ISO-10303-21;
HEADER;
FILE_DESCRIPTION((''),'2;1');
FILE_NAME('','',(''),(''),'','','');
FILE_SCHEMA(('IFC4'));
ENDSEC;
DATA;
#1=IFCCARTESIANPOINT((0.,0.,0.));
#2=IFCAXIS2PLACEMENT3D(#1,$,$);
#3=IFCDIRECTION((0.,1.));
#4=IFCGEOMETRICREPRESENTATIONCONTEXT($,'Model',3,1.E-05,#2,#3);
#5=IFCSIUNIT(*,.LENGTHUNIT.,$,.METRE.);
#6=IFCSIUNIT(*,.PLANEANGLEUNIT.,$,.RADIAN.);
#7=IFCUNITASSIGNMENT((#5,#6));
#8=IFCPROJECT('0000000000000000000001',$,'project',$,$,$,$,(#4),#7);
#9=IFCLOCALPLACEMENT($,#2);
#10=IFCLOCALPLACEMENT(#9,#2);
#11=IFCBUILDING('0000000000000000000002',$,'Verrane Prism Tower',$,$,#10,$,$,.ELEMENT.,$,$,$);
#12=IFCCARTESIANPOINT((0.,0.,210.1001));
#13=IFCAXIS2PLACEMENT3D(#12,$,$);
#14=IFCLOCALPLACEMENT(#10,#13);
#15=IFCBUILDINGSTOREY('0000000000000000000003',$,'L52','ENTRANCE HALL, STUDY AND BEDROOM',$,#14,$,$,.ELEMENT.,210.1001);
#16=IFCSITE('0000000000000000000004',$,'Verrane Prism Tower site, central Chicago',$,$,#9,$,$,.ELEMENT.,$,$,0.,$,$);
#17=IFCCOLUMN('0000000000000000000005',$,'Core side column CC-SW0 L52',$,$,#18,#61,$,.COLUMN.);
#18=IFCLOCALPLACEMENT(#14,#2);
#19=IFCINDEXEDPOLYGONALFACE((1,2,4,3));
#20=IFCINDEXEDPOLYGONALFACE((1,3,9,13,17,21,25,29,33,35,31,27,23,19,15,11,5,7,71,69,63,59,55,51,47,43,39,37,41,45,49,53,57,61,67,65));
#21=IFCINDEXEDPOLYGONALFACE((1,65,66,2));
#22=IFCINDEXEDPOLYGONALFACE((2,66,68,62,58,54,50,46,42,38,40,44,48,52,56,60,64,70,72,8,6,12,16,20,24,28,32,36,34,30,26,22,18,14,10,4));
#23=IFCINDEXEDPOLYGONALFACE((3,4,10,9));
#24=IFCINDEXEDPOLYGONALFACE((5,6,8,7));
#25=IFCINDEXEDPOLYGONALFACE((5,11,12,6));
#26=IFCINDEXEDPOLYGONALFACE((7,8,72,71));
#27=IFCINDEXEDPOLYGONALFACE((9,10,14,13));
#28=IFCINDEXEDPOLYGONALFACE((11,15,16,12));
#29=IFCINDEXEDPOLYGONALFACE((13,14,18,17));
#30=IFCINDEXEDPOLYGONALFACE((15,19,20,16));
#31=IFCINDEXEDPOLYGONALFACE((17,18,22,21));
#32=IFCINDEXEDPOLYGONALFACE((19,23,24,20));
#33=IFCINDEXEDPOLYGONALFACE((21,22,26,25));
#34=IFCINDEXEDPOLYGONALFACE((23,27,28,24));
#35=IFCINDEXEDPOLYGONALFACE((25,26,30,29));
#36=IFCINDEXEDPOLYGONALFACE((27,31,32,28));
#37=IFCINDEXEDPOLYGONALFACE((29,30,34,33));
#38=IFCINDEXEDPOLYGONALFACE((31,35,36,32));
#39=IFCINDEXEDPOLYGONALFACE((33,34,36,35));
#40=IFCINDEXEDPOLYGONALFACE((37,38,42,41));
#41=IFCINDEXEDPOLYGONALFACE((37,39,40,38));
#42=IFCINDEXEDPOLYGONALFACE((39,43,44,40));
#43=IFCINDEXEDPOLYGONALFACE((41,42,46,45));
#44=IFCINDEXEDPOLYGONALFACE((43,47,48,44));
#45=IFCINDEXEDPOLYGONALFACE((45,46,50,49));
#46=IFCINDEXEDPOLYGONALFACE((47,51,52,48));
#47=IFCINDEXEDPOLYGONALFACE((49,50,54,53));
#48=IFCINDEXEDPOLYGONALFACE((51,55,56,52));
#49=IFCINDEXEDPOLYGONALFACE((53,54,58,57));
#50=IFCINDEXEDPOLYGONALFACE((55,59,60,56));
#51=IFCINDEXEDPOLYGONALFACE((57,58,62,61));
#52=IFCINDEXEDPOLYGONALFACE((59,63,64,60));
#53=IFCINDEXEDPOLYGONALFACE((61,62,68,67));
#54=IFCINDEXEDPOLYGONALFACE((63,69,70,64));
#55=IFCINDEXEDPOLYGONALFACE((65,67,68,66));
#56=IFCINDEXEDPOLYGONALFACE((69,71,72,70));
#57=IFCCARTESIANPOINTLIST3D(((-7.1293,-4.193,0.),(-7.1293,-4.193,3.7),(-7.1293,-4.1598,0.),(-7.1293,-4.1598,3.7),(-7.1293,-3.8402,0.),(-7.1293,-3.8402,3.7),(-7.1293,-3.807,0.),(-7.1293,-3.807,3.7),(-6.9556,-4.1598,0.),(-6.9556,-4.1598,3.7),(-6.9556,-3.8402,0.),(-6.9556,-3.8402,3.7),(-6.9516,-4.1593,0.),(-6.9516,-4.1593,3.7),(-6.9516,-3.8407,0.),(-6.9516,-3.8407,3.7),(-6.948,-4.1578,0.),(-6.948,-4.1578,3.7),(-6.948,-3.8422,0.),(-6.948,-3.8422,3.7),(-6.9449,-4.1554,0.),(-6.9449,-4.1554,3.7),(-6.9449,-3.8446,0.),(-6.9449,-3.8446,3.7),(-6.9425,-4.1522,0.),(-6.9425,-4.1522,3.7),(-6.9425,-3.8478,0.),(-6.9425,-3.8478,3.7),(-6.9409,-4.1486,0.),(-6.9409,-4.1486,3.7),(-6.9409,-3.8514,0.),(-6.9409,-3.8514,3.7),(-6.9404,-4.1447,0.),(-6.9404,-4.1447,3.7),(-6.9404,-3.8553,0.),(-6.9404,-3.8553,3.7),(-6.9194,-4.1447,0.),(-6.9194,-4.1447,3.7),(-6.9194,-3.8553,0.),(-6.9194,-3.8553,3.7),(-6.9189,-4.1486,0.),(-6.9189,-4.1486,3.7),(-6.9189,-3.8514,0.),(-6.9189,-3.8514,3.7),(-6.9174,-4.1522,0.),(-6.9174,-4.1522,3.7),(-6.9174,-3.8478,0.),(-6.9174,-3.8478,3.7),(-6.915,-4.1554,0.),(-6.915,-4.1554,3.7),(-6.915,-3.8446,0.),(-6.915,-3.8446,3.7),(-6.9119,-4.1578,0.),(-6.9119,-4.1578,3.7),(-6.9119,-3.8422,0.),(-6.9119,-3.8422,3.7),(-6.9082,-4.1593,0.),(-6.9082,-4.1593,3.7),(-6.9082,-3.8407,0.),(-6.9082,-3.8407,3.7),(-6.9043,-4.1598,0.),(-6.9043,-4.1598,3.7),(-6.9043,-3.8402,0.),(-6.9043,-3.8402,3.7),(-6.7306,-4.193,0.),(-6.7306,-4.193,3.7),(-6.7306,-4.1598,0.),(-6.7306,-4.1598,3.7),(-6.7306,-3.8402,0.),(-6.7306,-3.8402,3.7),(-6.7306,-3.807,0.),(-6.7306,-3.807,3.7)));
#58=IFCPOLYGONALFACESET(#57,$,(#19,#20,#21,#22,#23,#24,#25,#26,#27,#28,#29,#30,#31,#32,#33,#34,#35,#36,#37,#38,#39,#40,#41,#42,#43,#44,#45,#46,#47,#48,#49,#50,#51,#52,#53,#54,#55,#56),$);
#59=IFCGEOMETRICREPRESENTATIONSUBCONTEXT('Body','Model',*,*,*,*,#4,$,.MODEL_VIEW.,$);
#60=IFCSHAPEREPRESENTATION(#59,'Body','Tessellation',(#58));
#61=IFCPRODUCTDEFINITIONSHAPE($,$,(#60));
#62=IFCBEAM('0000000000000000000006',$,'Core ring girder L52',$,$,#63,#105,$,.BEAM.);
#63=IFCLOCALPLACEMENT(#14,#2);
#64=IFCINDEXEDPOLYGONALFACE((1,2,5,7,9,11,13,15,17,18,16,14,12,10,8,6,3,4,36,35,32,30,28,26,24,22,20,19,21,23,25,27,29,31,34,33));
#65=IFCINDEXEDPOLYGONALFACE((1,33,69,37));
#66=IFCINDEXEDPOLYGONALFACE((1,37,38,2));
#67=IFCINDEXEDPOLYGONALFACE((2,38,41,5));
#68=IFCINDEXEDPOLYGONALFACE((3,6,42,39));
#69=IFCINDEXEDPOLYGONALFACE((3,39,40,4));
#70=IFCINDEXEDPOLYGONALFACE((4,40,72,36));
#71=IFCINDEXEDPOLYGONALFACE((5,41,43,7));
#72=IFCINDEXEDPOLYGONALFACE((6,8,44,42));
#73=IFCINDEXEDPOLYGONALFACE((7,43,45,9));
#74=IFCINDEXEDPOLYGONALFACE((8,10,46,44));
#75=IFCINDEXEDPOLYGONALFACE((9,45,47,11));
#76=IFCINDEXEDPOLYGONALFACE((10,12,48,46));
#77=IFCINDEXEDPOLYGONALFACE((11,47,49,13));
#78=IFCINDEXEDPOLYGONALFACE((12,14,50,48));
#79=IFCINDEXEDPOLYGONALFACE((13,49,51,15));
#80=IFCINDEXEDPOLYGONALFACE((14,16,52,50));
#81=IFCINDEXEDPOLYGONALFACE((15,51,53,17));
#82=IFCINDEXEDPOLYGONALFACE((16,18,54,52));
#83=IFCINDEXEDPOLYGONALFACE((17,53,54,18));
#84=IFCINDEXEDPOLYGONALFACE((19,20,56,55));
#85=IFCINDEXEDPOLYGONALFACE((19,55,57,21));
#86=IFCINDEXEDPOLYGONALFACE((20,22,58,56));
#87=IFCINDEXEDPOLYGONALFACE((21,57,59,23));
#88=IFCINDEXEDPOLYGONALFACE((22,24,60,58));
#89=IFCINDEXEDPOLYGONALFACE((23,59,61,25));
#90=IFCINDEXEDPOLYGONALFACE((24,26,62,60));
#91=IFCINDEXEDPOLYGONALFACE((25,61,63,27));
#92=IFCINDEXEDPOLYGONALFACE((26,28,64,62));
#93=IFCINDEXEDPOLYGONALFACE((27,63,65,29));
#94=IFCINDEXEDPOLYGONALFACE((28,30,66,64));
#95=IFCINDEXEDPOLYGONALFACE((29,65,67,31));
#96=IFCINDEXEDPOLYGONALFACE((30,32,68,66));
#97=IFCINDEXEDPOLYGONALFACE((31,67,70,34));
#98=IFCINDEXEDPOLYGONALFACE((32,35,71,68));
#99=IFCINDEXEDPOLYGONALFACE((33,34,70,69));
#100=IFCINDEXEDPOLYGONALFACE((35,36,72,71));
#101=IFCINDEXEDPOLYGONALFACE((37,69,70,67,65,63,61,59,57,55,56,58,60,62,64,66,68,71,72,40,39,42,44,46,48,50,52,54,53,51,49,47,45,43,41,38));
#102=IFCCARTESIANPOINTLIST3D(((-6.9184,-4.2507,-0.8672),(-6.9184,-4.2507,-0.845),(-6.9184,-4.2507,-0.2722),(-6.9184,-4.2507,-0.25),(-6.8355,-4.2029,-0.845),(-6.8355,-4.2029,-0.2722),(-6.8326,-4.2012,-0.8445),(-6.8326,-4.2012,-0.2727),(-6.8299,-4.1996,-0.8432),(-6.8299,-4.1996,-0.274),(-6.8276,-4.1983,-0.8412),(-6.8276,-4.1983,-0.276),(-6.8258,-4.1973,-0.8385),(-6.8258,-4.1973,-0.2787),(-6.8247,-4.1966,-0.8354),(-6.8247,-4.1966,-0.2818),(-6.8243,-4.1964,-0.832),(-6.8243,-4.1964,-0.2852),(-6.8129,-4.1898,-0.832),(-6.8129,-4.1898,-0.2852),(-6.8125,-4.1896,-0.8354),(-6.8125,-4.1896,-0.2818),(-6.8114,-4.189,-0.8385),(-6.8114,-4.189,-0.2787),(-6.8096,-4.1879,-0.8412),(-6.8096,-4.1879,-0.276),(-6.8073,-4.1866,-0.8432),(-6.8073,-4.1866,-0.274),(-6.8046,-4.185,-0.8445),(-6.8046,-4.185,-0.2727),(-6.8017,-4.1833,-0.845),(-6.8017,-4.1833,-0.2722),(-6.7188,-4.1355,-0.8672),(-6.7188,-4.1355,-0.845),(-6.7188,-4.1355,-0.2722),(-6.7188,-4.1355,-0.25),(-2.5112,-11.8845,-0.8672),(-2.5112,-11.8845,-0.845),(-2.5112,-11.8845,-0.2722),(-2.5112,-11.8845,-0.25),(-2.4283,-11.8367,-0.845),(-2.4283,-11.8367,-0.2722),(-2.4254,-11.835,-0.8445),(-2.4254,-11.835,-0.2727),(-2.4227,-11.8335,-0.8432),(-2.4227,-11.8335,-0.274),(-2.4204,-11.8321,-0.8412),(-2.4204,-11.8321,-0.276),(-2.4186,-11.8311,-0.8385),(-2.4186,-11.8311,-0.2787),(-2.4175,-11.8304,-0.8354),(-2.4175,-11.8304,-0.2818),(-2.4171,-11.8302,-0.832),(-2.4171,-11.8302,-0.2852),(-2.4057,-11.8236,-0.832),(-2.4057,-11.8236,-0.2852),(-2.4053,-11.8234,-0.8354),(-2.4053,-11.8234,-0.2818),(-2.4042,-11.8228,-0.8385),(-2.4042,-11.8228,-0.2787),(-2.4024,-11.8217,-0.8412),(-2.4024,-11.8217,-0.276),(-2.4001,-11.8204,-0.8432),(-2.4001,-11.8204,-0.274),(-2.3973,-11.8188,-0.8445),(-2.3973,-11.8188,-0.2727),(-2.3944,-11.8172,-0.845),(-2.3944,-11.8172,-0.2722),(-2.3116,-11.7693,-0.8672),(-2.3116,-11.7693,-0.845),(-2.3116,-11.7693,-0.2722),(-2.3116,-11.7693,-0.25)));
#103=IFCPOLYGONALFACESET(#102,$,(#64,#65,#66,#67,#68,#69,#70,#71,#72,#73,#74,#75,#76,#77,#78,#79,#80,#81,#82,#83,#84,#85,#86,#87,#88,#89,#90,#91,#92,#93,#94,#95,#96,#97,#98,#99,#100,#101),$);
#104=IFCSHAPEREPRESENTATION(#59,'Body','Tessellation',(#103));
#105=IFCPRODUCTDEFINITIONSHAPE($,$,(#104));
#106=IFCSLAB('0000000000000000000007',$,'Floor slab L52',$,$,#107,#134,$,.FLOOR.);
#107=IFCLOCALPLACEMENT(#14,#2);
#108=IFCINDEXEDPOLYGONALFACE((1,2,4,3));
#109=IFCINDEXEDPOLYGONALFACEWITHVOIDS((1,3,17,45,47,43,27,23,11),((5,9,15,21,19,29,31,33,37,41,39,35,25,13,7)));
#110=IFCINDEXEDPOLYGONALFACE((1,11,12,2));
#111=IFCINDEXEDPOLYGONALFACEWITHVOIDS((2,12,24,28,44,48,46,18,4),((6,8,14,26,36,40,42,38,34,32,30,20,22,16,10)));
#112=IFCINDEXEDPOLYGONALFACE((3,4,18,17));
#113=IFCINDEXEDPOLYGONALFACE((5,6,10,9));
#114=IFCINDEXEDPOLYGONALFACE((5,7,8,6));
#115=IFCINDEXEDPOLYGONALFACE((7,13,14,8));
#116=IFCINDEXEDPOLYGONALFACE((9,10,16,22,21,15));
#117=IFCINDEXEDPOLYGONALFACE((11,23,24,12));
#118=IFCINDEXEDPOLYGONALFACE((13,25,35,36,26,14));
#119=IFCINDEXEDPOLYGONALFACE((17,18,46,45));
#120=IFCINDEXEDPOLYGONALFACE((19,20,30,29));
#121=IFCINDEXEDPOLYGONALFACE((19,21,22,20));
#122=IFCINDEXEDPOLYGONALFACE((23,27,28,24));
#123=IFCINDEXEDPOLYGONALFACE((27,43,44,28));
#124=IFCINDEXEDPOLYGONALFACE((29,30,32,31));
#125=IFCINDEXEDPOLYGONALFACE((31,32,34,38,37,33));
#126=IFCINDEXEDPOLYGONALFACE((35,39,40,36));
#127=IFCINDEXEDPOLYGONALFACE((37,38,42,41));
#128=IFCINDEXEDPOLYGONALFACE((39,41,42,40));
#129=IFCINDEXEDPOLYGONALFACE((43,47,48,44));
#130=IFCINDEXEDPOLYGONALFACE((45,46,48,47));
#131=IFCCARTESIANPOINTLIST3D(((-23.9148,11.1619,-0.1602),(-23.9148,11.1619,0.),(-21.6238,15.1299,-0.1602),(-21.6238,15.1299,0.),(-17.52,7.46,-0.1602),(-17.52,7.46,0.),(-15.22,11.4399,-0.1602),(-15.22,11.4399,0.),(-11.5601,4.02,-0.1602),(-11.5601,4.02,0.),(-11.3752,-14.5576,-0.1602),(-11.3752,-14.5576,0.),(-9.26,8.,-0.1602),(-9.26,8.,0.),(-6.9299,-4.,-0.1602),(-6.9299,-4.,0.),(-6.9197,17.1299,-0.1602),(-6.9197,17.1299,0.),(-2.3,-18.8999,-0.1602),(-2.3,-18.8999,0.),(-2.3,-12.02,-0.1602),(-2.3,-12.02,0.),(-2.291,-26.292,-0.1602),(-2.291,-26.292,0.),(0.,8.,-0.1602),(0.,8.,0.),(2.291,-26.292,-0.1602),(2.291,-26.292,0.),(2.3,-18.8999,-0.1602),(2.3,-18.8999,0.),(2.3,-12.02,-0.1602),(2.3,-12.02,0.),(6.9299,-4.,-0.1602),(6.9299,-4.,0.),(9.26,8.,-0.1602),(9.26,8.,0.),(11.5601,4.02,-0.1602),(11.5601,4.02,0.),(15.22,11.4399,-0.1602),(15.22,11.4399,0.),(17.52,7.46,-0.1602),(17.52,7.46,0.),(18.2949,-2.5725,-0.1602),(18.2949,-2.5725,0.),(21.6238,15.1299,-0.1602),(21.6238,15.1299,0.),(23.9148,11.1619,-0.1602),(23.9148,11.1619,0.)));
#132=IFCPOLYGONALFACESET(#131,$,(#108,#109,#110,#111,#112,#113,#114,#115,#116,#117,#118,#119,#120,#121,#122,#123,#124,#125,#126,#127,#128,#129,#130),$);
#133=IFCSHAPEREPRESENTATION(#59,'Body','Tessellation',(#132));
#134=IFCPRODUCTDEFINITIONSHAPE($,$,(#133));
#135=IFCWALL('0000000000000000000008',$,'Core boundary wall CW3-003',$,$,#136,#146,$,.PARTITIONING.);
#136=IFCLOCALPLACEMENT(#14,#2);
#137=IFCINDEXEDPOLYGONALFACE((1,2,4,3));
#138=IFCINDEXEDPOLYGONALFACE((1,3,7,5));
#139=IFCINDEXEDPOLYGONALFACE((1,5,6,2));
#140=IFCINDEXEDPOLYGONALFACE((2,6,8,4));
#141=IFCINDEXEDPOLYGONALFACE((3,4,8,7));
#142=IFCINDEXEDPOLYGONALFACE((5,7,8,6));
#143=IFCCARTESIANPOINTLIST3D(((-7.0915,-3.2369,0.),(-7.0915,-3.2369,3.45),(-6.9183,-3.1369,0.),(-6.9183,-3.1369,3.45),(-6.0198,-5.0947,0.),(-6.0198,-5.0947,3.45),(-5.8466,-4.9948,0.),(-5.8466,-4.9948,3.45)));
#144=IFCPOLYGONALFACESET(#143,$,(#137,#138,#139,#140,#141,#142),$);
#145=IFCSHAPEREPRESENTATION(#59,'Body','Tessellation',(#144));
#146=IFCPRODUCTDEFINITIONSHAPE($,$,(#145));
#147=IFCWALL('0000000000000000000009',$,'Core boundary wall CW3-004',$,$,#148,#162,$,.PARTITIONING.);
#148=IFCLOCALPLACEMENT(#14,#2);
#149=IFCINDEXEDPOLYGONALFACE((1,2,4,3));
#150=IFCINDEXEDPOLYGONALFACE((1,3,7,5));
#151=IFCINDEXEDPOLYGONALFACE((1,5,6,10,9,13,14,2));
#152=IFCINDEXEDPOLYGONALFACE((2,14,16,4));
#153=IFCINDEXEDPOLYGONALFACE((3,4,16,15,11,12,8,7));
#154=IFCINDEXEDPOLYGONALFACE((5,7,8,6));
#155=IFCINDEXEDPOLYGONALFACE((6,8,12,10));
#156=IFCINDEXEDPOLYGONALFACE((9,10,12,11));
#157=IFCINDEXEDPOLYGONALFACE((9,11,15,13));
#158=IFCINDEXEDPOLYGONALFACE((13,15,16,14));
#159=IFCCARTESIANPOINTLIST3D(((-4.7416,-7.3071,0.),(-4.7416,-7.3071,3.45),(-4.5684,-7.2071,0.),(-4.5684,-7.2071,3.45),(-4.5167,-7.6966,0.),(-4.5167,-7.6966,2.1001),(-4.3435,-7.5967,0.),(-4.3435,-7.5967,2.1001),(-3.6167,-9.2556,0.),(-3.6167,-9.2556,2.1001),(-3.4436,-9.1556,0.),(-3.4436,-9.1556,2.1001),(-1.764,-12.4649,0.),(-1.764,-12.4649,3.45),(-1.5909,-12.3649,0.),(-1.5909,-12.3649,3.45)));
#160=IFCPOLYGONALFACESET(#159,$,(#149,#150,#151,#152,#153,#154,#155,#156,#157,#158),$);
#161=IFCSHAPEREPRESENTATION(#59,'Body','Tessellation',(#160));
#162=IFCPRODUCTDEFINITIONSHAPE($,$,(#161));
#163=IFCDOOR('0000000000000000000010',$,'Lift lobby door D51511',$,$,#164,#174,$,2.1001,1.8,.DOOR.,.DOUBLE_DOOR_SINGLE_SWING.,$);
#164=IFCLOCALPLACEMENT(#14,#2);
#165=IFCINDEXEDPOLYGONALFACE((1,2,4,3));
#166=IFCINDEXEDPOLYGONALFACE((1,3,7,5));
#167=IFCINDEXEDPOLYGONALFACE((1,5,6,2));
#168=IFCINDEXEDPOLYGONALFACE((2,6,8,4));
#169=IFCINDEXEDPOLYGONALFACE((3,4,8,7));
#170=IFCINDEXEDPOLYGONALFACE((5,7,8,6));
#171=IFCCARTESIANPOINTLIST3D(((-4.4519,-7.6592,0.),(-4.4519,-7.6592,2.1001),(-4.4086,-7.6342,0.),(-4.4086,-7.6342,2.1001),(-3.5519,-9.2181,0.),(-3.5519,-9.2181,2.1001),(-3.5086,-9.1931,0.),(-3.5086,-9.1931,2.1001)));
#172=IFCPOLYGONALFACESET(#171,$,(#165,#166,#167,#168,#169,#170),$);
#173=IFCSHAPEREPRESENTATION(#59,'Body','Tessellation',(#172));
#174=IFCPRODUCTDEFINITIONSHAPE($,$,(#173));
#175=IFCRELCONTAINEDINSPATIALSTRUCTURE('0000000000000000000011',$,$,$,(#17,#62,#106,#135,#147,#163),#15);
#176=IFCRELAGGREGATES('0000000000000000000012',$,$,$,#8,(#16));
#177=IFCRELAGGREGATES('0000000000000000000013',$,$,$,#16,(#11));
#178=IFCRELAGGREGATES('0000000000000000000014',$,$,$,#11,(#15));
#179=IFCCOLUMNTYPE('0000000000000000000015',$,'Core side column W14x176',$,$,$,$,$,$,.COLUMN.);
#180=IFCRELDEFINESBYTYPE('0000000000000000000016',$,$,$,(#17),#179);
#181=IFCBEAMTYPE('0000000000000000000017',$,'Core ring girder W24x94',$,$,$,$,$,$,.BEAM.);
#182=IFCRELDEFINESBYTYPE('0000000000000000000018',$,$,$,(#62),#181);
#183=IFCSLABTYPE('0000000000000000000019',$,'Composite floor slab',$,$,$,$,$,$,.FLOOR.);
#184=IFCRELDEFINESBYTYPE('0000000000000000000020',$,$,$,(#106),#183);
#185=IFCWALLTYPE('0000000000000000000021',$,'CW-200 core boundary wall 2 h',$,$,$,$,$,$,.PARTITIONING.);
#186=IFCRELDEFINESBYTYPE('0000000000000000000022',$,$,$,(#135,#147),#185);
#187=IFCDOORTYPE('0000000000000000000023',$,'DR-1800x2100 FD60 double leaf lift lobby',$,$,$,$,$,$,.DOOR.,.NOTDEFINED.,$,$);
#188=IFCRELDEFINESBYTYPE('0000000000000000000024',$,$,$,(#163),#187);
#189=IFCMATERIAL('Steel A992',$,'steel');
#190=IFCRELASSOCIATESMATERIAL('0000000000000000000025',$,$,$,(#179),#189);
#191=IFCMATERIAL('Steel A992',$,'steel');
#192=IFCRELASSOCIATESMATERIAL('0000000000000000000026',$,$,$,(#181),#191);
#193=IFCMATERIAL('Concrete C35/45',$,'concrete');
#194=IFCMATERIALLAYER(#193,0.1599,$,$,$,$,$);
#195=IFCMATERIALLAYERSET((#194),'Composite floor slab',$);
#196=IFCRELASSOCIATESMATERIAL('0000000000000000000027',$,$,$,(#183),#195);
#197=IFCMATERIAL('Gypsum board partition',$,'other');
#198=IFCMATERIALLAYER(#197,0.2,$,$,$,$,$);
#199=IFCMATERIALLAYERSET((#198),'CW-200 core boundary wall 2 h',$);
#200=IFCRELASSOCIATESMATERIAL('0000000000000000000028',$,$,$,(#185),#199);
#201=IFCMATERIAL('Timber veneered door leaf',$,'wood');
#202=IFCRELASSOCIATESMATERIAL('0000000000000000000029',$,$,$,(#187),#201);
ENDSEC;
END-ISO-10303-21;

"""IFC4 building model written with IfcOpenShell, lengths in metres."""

from ifc_helpers import new_model, si_unit, direction, frame, frame_2d, origin, origin_2d, place, context, subcontext, project, spatial, polyline, rectangle, i_section, outline, extrude, material, layer, layer_set, material_profile, profile_set, type_object, element, fill, save


model = new_model("IFC4")

# Units and contexts
model_context = context("Model", 3, precision=1e-05, world=origin(), true_north=direction((0.0, 1.0)))
body_context = subcontext(model_context, "Body", "Model", "MODEL_VIEW")
ifc_project = project(units=[si_unit("LENGTHUNIT", "METRE"), si_unit("PLANEANGLEUNIT", "RADIAN")], contexts=[model_context])

# Site, building, storey
site_placement = place(None, origin())
site = spatial("IfcSite", under=ifc_project, at=site_placement, Name="Verrane Prism Tower site, central Chicago", CompositionType="ELEMENT", RefElevation=0.0)
building_placement = place(site_placement, origin())
building = spatial("IfcBuilding", under=site, at=building_placement, Name="Verrane Prism Tower", CompositionType="ELEMENT")
storey_placement = place(building_placement, frame((0.0, 0.0, 210.1001)))
storey = spatial("IfcBuildingStorey", under=building, at=storey_placement, Name="L52", Description="ENTRANCE HALL, STUDY AND BEDROOM", CompositionType="ELEMENT", Elevation=210.1001)

# Column
ifc_material_1 = material(Name="Steel A992", Category="steel")
ifc_material_profile_1 = material_profile(ifc_material_1, i_section(OverallWidth=0.3987, OverallDepth=0.386, WebThickness=0.021, FlangeThickness=0.0332, FilletRadius=0.0151, at=origin_2d()), Name="W14x176")
ifc_profile_set_1 = profile_set([ifc_material_profile_1], Name="Steel A992")
column_type = type_object("IfcColumnType", Name="Core side column W14x176", PredefinedType="COLUMN", material=ifc_profile_set_1)
column_placement = place(storey_placement, frame((-6.9299, -4.0, 0.0), z_axis=(0.0, 0.0, 1.0), x_axis=(1.0, 0.0, 0.0)))
element("IfcColumn", 1, at=column_placement, inside=storey, type_object=column_type, Name="Core side column CC-SW0 L52", PredefinedType="COLUMN", context=body_context, shape_type="SweptSolid", body=[
    extrude(i_section(OverallWidth=0.3987, OverallDepth=0.386, WebThickness=0.021, FlangeThickness=0.0332, FilletRadius=0.0151, at=origin_2d()), origin(), (0.0, 0.0, 1.0), 3.7),
])

# Beam
ifc_material_2 = material(Name="Steel A992", Category="steel")
ifc_material_profile_2 = material_profile(ifc_material_2, i_section(OverallWidth=0.2305, OverallDepth=0.6172, WebThickness=0.0132, FlangeThickness=0.0222, FilletRadius=0.0129, at=origin_2d()), Name="W24x94")
ifc_profile_set_2 = profile_set([ifc_material_profile_2], Name="Steel A992")
beam_type = type_object("IfcBeamType", Name="Core ring girder W24x94", PredefinedType="BEAM", material=ifc_profile_set_2)
beam_placement = place(storey_placement, frame((-6.8186, -4.1931, -0.5586), z_axis=(0.499988, -0.866032, 0.0), x_axis=(0.866032, 0.499988, 0.0)))
element("IfcBeam", 2, at=beam_placement, inside=storey, type_object=beam_type, Name="Core ring girder L52", PredefinedType="BEAM", context=body_context, shape_type="SweptSolid", body=[
    extrude(i_section(OverallWidth=0.2305, OverallDepth=0.6172, WebThickness=0.0132, FlangeThickness=0.0222, FilletRadius=0.0129, at=origin_2d()), origin(), (0.0, 0.0, 1.0), 8.8147),
])

# Slab
ifc_material_3 = material(Name="Concrete C35/45", Category="concrete")
ifc_layer_1 = layer(ifc_material_3, 0.1599)
ifc_layer_set_1 = layer_set([ifc_layer_1], Name="Composite floor slab")
slab_type = type_object("IfcSlabType", Name="Composite floor slab", PredefinedType="FLOOR", material=ifc_layer_set_1)
slab_placement = place(storey_placement, frame((0.0, 0.0, -0.1602)))
element("IfcSlab", 3, at=slab_placement, inside=storey, type_object=slab_type, Name="Floor slab L52", PredefinedType="FLOOR", context=body_context, shape_type="SweptSolid", body=[
    extrude(outline(polyline([(18.2949, -2.5725), (2.291, -26.292), (-2.291, -26.292), (-11.3752, -14.5576), (-23.9148, 11.1619), (-21.6238, 15.1299), (-6.9197, 17.1299), (21.6238, 15.1299), (23.9148, 11.1619), (18.2949, -2.5725)]), holes=[polyline([(17.52, 7.46), (15.22, 11.4399), (9.26, 8.0), (0.0, 8.0), (-9.26, 8.0), (-15.22, 11.4399), (-17.52, 7.46), (-11.5601, 4.02), (-6.9299, -4.0), (-2.3, -12.02), (-2.3, -18.8999), (2.3, -18.8999), (2.3, -12.02), (6.9299, -4.0), (11.5601, 4.02), (17.52, 7.46)])]), origin(), (0.0, 0.0, 1.0), 0.1602),
])

# Wall
ifc_material_4 = material(Name="Gypsum board partition", Category="other")
ifc_layer_2 = layer(ifc_material_4, 0.2)
ifc_layer_set_2 = layer_set([ifc_layer_2], Name="CW-200 core boundary wall 2 h")
wall_type_1 = type_object("IfcWallType", Name="CW-200 core boundary wall 2 h", PredefinedType="PARTITIONING", material=ifc_layer_set_2)
wall_1_placement = place(storey_placement, frame((-7.0049, -3.187, 0.0), z_axis=(0.0, 0.0, 1.0), x_axis=(0.49969, -0.866205, 0.0)))
element("IfcWall", 4, at=wall_1_placement, inside=storey, type_object=wall_type_1, Name="Core boundary wall CW3-003", PredefinedType="PARTITIONING", context=body_context, shape_type="SweptSolid", body=[
    extrude(rectangle(XDim=2.1448, YDim=0.2, at=frame_2d((1.0723, 0.0))), origin(), (0.0, 0.0, 1.0), 3.45),
])

# Wall, opening, door
wall_2_placement = place(storey_placement, frame((-4.655, -7.2571, 0.0), z_axis=(0.0, 0.0, 1.0), x_axis=(0.499966, -0.866045, 0.0)))
wall_2 = element("IfcWall", 5, at=wall_2_placement, inside=storey, type_object=wall_type_1, Name="Core boundary wall CW3-004", PredefinedType="PARTITIONING", context=body_context, shape_type="SweptSolid", body=[
    extrude(rectangle(XDim=5.9556, YDim=0.2, at=frame_2d((2.9778, 0.0))), origin(), (0.0, 0.0, 1.0), 3.45),
])
opening_1_placement = place(wall_2_placement, frame((0.45, 0.0, 0.0)))
opening_1 = element("IfcOpeningElement", 6, at=opening_1_placement, cuts=wall_2, PredefinedType="OPENING", context=body_context, shape_type="SweptSolid", body=[
    extrude(rectangle(XDim=1.8, YDim=2.1001, at=frame_2d((0.8999, 1.05))), frame((0.0, 0.1099, 0.0), z_axis=(0.0, -1.0, 0.0), x_axis=(1.0, 0.0, 0.0)), (0.0, 0.0, 1.0), 0.22),
])
ifc_material_5 = material(Name="Timber veneered door leaf", Category="wood")
door_type_1 = type_object("IfcDoorType", Name="DR-1800x2100 FD60 double leaf lift lobby", OperationType="NOTDEFINED", PredefinedType="DOOR", material=ifc_material_5)
door_1_placement = place(opening_1_placement, origin())
door_1 = element("IfcDoor", 7, at=door_1_placement, inside=storey, type_object=door_type_1, Name="Lift lobby door D51511", OperationType="DOUBLE_DOOR_SINGLE_SWING", OverallHeight=2.1001, OverallWidth=1.8, PredefinedType="DOOR", context=body_context, shape_type="SweptSolid", body=[
    extrude(rectangle(XDim=1.8, YDim=2.1001, at=frame_2d((0.8999, 1.05))), frame((0.0, 0.0249, 0.0), z_axis=(0.0, -1.0, 0.0), x_axis=(1.0, 0.0, 0.0)), (0.0, 0.0, 1.0), 0.05),
])
fill(opening_1, door_1)

save(model, "model.ifc")
